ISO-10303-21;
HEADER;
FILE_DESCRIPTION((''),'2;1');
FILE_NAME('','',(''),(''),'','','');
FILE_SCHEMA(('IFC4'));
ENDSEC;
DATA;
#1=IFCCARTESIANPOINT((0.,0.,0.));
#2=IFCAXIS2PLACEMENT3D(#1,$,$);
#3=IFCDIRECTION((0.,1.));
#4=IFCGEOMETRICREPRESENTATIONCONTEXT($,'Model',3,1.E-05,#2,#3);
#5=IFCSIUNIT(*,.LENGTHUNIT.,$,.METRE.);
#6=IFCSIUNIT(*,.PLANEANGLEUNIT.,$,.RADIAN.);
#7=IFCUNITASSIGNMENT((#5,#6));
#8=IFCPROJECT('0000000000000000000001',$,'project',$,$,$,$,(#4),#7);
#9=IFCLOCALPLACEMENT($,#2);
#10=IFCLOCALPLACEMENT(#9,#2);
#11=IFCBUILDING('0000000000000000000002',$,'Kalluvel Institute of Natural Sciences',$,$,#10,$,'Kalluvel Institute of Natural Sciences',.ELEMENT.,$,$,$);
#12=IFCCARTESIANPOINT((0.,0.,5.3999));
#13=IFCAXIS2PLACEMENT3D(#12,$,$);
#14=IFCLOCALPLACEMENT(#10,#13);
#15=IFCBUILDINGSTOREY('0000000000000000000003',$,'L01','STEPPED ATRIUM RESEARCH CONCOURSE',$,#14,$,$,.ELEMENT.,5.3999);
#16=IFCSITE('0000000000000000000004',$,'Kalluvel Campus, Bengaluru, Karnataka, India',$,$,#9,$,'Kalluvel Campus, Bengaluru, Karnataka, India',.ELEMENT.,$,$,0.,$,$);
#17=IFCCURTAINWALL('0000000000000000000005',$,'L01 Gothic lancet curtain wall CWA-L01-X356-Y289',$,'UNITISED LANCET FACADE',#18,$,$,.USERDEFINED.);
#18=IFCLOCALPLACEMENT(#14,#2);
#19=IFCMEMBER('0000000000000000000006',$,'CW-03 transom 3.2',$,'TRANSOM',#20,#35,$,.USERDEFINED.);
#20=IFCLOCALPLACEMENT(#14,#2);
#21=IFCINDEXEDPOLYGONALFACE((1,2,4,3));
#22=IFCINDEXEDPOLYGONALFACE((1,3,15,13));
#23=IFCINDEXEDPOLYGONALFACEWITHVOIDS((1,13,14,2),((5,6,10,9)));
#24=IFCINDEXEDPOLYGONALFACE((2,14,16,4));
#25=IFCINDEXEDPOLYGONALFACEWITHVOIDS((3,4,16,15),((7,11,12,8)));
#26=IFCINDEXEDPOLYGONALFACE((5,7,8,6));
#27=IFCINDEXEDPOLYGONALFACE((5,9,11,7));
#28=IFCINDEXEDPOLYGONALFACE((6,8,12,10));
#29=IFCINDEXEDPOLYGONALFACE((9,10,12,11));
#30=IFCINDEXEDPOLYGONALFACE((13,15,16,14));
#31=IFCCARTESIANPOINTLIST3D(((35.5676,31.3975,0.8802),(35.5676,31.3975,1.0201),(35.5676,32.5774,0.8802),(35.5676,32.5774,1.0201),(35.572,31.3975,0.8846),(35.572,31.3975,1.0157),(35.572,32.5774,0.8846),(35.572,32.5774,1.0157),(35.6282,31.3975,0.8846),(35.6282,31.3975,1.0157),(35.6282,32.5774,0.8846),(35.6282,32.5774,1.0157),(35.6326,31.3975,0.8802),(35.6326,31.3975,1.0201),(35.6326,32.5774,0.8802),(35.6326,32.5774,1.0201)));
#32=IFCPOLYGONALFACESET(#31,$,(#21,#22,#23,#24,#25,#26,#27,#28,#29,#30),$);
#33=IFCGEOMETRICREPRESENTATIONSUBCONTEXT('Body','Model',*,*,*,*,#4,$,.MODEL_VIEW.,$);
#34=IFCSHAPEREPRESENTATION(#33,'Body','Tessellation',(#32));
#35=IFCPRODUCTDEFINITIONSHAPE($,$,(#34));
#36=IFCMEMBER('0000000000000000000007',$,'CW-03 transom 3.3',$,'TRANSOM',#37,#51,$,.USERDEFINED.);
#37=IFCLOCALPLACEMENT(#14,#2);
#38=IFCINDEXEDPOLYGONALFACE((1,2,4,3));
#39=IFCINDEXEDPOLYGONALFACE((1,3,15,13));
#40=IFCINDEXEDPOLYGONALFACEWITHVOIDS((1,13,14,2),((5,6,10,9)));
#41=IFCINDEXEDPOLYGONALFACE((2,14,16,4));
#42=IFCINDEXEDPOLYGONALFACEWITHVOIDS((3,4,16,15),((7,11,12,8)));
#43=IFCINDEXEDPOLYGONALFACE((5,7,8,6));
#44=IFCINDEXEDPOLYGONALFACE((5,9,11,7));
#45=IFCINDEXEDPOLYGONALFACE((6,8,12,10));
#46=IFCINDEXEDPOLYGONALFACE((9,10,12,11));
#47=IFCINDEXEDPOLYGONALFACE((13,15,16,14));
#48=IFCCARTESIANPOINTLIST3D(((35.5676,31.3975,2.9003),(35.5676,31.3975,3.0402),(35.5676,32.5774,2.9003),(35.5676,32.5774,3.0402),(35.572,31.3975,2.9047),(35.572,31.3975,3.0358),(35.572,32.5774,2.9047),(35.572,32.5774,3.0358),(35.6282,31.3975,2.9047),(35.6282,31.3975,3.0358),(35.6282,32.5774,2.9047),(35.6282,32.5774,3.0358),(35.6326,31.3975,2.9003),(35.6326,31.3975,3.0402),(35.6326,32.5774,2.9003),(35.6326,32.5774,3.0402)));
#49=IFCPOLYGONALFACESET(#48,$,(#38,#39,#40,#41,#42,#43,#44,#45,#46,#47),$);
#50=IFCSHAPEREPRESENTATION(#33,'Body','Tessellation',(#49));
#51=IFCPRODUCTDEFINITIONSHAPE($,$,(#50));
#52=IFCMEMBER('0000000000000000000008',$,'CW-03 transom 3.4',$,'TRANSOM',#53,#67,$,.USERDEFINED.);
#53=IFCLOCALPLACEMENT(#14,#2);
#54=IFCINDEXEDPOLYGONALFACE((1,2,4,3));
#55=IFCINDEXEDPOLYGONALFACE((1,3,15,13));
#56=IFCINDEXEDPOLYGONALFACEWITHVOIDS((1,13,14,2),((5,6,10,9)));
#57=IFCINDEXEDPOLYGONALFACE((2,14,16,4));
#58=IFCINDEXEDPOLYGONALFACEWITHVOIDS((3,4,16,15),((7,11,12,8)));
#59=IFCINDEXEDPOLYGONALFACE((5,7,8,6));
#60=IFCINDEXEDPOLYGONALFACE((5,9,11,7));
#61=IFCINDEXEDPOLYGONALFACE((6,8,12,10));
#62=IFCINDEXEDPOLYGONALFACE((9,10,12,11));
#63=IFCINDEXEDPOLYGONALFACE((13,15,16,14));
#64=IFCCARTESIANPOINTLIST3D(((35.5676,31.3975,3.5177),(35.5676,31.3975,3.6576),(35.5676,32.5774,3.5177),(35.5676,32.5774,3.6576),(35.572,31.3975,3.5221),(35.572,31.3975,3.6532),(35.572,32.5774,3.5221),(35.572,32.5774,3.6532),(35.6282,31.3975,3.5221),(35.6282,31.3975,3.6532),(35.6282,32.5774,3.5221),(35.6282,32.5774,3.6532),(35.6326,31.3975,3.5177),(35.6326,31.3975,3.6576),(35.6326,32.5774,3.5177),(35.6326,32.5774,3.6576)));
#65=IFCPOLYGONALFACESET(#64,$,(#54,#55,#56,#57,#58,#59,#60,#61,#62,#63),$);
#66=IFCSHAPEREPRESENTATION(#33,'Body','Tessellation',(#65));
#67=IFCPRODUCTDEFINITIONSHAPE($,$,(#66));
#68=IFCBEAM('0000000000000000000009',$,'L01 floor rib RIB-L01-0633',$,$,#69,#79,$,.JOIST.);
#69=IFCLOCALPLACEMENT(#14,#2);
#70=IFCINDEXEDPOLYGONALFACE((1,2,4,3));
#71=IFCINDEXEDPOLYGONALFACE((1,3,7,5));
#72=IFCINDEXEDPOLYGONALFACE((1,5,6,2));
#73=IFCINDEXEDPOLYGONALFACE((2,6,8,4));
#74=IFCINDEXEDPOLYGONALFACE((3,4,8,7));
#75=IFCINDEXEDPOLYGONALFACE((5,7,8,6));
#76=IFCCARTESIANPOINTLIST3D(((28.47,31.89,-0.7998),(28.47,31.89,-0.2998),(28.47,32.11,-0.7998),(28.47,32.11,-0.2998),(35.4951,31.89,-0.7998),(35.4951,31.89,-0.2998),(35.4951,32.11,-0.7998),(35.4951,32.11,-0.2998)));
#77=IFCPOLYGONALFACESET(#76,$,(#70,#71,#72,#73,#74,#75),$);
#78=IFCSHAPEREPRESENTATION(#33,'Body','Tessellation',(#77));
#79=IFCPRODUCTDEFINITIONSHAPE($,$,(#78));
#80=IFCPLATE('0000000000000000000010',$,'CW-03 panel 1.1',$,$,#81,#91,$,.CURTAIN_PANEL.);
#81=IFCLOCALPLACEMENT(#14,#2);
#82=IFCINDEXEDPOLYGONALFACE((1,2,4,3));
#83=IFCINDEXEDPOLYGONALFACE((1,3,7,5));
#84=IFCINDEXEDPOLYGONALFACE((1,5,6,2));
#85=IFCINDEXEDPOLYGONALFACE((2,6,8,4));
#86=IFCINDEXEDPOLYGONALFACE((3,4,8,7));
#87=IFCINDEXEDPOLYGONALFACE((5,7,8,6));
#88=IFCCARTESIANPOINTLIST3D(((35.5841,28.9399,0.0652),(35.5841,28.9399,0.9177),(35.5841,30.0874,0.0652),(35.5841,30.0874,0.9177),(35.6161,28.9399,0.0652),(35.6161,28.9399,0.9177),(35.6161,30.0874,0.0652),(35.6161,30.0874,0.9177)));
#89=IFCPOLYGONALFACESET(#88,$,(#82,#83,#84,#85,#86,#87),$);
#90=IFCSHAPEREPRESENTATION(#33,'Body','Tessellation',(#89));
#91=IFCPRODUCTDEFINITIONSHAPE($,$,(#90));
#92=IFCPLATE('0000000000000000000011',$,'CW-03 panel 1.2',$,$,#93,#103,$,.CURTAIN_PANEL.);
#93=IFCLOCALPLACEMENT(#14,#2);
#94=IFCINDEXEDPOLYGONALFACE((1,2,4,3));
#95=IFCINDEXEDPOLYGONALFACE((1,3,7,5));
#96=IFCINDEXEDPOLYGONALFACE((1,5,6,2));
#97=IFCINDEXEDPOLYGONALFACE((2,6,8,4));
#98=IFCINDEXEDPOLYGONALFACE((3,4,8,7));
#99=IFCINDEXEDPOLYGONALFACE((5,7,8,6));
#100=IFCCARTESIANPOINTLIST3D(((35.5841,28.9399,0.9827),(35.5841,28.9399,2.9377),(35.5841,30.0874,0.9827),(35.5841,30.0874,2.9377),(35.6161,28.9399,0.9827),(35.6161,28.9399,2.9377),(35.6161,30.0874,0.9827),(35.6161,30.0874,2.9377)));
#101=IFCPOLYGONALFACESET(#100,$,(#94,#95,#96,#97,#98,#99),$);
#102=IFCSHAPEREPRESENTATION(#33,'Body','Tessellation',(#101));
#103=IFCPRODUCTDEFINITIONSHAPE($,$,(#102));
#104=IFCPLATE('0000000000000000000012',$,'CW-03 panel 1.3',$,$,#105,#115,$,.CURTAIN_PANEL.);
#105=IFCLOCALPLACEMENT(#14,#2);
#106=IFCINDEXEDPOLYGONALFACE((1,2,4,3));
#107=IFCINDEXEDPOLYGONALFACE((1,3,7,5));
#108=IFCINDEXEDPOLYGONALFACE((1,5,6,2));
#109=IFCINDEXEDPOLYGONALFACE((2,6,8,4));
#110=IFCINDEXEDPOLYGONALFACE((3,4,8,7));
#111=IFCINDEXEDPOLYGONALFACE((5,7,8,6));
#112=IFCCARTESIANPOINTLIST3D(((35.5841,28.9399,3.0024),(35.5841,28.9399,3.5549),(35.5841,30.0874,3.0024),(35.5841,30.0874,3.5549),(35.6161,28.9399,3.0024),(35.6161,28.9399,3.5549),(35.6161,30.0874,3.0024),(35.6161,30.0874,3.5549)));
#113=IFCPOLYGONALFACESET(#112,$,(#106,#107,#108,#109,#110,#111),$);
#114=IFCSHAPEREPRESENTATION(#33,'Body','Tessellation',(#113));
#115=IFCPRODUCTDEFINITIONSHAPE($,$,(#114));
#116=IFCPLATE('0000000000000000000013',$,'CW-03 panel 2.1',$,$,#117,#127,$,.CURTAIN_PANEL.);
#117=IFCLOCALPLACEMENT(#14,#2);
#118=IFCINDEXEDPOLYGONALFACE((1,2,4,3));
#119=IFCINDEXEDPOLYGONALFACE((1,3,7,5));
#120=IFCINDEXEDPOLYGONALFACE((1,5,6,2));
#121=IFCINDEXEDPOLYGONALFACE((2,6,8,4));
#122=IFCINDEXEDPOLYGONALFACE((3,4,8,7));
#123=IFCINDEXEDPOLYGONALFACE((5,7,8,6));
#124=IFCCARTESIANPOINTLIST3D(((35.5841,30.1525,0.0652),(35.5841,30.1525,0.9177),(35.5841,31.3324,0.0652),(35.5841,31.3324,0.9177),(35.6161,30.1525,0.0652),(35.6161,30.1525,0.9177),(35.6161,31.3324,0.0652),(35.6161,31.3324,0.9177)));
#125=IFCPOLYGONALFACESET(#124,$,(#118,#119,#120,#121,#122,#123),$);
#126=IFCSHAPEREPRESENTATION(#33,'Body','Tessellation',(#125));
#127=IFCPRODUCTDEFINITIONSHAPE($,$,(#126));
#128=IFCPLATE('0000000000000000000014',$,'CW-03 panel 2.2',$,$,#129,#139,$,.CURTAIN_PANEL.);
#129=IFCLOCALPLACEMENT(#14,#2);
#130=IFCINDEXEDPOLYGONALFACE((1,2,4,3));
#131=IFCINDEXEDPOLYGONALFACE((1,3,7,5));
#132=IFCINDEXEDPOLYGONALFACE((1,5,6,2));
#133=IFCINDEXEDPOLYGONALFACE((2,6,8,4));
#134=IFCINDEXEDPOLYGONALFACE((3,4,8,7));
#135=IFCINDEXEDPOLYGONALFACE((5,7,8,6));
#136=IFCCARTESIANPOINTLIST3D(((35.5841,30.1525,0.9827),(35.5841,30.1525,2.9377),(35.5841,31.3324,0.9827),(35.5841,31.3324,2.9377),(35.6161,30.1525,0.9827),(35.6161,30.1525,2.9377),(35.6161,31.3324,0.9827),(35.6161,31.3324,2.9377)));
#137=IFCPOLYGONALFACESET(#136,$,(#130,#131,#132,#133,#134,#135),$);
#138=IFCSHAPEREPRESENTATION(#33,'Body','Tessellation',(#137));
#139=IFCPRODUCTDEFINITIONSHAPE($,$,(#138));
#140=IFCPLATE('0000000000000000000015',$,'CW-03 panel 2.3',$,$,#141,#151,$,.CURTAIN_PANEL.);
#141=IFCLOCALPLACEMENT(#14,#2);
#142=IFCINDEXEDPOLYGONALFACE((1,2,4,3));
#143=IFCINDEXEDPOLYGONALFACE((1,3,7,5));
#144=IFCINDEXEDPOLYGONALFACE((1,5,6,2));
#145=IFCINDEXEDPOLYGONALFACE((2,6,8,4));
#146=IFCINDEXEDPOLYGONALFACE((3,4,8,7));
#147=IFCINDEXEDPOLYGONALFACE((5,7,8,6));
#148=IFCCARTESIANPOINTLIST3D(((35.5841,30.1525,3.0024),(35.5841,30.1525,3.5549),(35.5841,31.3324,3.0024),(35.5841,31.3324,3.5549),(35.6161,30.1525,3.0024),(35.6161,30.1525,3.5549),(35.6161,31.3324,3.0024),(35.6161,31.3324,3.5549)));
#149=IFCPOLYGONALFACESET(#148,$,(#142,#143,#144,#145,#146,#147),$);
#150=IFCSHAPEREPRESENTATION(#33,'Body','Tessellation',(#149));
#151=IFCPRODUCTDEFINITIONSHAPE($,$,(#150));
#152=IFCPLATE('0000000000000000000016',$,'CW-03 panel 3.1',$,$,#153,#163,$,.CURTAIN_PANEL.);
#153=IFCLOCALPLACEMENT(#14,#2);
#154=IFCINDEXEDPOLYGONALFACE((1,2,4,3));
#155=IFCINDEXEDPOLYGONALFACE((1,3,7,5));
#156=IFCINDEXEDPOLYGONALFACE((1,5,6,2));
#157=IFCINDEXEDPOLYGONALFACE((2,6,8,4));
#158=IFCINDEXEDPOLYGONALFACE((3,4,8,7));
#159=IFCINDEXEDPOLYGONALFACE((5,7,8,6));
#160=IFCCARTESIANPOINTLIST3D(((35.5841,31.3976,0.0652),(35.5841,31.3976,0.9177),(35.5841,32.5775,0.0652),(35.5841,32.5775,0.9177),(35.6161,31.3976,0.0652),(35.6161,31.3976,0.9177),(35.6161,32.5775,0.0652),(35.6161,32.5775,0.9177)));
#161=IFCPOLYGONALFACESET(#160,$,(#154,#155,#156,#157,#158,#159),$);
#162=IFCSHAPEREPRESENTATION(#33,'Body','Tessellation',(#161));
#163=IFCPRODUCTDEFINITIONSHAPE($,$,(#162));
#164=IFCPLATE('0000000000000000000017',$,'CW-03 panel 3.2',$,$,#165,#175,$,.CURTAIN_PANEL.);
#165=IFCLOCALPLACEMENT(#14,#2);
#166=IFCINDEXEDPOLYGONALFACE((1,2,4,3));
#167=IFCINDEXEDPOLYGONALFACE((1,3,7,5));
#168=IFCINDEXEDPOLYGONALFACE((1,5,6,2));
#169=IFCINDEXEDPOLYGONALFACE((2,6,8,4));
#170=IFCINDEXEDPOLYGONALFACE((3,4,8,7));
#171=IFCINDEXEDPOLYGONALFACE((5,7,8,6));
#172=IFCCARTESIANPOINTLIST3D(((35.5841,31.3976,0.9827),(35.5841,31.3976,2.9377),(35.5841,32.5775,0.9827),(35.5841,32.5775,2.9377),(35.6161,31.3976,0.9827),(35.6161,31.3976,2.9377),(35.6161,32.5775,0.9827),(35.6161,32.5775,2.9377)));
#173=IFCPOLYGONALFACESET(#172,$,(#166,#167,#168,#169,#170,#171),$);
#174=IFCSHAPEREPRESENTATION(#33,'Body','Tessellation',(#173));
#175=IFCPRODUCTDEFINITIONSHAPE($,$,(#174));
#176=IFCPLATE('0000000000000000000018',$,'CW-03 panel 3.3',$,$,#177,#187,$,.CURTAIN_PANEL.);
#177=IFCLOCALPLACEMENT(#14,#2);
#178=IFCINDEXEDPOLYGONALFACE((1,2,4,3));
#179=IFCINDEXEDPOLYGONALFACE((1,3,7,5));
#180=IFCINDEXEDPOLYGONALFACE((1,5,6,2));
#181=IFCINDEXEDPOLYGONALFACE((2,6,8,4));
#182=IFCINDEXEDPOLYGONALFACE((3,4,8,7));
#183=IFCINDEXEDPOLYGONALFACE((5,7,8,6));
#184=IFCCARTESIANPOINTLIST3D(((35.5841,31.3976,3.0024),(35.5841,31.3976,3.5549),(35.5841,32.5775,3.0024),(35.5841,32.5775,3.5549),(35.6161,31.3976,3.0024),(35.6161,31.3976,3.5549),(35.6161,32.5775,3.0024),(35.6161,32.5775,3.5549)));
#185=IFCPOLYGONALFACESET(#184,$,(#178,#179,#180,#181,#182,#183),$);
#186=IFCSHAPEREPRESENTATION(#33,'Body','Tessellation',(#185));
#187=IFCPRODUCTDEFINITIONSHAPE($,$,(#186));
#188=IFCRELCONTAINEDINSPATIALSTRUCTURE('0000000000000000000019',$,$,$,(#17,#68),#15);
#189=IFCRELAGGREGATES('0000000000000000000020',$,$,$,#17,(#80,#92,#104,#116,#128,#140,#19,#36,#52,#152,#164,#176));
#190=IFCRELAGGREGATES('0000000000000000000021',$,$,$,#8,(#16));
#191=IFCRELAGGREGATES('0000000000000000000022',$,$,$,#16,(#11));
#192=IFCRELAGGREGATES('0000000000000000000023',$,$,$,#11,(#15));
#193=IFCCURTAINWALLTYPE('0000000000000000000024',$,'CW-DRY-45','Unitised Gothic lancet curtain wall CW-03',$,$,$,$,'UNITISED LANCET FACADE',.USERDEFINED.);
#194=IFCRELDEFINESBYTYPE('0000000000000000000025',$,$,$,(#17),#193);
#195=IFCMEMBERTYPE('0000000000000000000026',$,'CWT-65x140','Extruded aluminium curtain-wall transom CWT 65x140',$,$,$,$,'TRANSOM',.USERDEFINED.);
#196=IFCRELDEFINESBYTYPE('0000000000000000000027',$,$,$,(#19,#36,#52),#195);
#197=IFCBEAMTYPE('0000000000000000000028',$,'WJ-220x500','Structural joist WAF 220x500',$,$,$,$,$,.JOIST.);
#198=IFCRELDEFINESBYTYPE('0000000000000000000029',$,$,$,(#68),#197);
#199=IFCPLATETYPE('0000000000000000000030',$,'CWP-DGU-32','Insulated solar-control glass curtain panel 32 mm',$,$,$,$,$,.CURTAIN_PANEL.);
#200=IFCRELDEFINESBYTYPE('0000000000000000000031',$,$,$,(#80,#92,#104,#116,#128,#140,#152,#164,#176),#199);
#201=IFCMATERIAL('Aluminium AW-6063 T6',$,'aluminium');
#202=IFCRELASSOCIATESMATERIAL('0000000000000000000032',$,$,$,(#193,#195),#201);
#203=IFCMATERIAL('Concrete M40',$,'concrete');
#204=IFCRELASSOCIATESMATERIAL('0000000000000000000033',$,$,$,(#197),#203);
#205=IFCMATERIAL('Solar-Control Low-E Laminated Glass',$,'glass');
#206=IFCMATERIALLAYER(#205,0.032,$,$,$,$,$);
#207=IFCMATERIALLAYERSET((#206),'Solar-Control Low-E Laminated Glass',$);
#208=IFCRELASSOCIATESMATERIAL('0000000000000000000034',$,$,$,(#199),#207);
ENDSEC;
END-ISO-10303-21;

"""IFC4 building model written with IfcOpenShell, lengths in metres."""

from ifc_helpers import new_model, si_unit, direction, frame, origin, origin_2d, place, context, subcontext, project, spatial, rectangle, hollow_rectangle, extrude, material, layer, layer_set, material_profile, profile_set, type_object, element, aggregate, save


model = new_model("IFC4")

# Units and contexts
model_context = context("Model", 3, precision=1e-05, world=origin(), true_north=direction((0.0, 1.0)))
body_context = subcontext(model_context, "Body", "Model", "MODEL_VIEW")
ifc_project = project(units=[si_unit("LENGTHUNIT", "METRE"), si_unit("PLANEANGLEUNIT", "RADIAN")], contexts=[model_context])

# Site, building, storey
site_placement = place(None, origin())
site = spatial("IfcSite", under=ifc_project, at=site_placement, Name="Kalluvel Campus, Bengaluru, Karnataka, India", LongName="Kalluvel Campus, Bengaluru, Karnataka, India", CompositionType="ELEMENT", RefElevation=0.0)
building_placement = place(site_placement, origin())
building = spatial("IfcBuilding", under=site, at=building_placement, Name="Kalluvel Institute of Natural Sciences", LongName="Kalluvel Institute of Natural Sciences", CompositionType="ELEMENT")
storey_placement = place(building_placement, frame((0.0, 0.0, 5.3999)))
storey = spatial("IfcBuildingStorey", under=building, at=storey_placement, Name="L01", Description="STEPPED ATRIUM RESEARCH CONCOURSE", CompositionType="ELEMENT", Elevation=5.3999)

# Curtain wall, members
ifc_material_1 = material(Name="Aluminium AW-6063 T6", Category="aluminium")
curtain_wall_type = type_object("IfcCurtainWallType", Name="CW-DRY-45", Description="Unitised Gothic lancet curtain wall CW-03", ElementType="UNITISED LANCET FACADE", PredefinedType="USERDEFINED", material=ifc_material_1)
curtain_wall_placement = place(storey_placement, origin())
curtain_wall = element("IfcCurtainWall", 1, at=curtain_wall_placement, inside=storey, type_object=curtain_wall_type, Name="L01 Gothic lancet curtain wall CWA-L01-X356-Y289", ObjectType="UNITISED LANCET FACADE", PredefinedType="USERDEFINED")
ifc_material_profile_1 = material_profile(ifc_material_1, hollow_rectangle(XDim=0.0649, YDim=0.1399, WallThickness=0.0044, at=origin_2d()), Name="CWT 65x140")
ifc_profile_set_1 = profile_set([ifc_material_profile_1], Name="Aluminium AW-6063 T6")
member_type_1 = type_object("IfcMemberType", Name="CWT-65x140", Description="Extruded aluminium curtain-wall transom CWT 65x140", ElementType="TRANSOM", PredefinedType="USERDEFINED", material=ifc_profile_set_1)
member_1_placement = place(storey_placement, frame((35.6001, 31.3975, 0.9502), z_axis=(0.0, 1.0, 0.0), x_axis=(-1.0, 0.0, 0.0)))
member_1 = element("IfcMember", 2, at=member_1_placement, type_object=member_type_1, Name="CW-03 transom 3.2", ObjectType="TRANSOM", PredefinedType="USERDEFINED", context=body_context, shape_type="SweptSolid", body=[
    extrude(hollow_rectangle(XDim=0.0649, YDim=0.1399, WallThickness=0.0044, at=origin_2d()), origin(), (0.0, 0.0, 1.0), 1.1799),
])
member_2_placement = place(storey_placement, frame((35.6001, 31.3975, 2.9702), z_axis=(0.0, 1.0, 0.0), x_axis=(-1.0, 0.0, 0.0)))
member_2 = element("IfcMember", 3, at=member_2_placement, type_object=member_type_1, Name="CW-03 transom 3.3", ObjectType="TRANSOM", PredefinedType="USERDEFINED", context=body_context, shape_type="SweptSolid", body=[
    extrude(hollow_rectangle(XDim=0.0649, YDim=0.1399, WallThickness=0.0044, at=origin_2d()), origin(), (0.0, 0.0, 1.0), 1.1799),
])
member_3_placement = place(storey_placement, frame((35.6001, 31.3975, 3.5876), z_axis=(0.0, 1.0, 0.0), x_axis=(-1.0, 0.0, 0.0)))
member_3 = element("IfcMember", 4, at=member_3_placement, type_object=member_type_1, Name="CW-03 transom 3.4", ObjectType="TRANSOM", PredefinedType="USERDEFINED", context=body_context, shape_type="SweptSolid", body=[
    extrude(hollow_rectangle(XDim=0.0649, YDim=0.1399, WallThickness=0.0044, at=origin_2d()), origin(), (0.0, 0.0, 1.0), 1.1799),
])

# Beam
ifc_material_2 = material(Name="Concrete M40", Category="concrete")
ifc_material_profile_2 = material_profile(ifc_material_2, rectangle(XDim=0.22, YDim=0.5, at=origin_2d()), Name="WAF 220x500")
ifc_profile_set_2 = profile_set([ifc_material_profile_2], Name="Concrete M40")
beam_type = type_object("IfcBeamType", Name="WJ-220x500", Description="Structural joist WAF 220x500", PredefinedType="JOIST", material=ifc_profile_set_2)
beam_placement = place(storey_placement, frame((28.47, 32.0, -0.5498), z_axis=(1.0, 0.0, 0.0), x_axis=(0.0, 1.0, 0.0)))
element("IfcBeam", 5, at=beam_placement, inside=storey, type_object=beam_type, Name="L01 floor rib RIB-L01-0633", PredefinedType="JOIST", context=body_context, shape_type="SweptSolid", body=[
    extrude(rectangle(XDim=0.22, YDim=0.5, at=origin_2d()), origin(), (0.0, 0.0, 1.0), 7.0251),
])

# Plates
ifc_material_3 = material(Name="Solar-Control Low-E Laminated Glass", Category="glass")
ifc_layer = layer(ifc_material_3, 0.032)
ifc_layer_set = layer_set([ifc_layer], Name="Solar-Control Low-E Laminated Glass")
plate_type = type_object("IfcPlateType", Name="CWP-DGU-32", Description="Insulated solar-control glass curtain panel 32 mm", PredefinedType="CURTAIN_PANEL", material=ifc_layer_set)
plate_1_placement = place(storey_placement, frame((35.6001, 29.5137, 0.0652), z_axis=(0.0, 0.0, 1.0), x_axis=(0.0, 1.0, 0.0)))
plate_1 = element("IfcPlate", 6, at=plate_1_placement, type_object=plate_type, Name="CW-03 panel 1.1", PredefinedType="CURTAIN_PANEL", context=body_context, shape_type="SweptSolid", body=[
    extrude(rectangle(XDim=1.1475, YDim=0.032, at=origin_2d()), origin(), (0.0, 0.0, 1.0), 0.8525),
])
plate_2_placement = place(storey_placement, frame((35.6001, 29.5137, 0.9827), z_axis=(0.0, 0.0, 1.0), x_axis=(0.0, 1.0, 0.0)))
plate_2 = element("IfcPlate", 7, at=plate_2_placement, type_object=plate_type, Name="CW-03 panel 1.2", PredefinedType="CURTAIN_PANEL", context=body_context, shape_type="SweptSolid", body=[
    extrude(rectangle(XDim=1.1475, YDim=0.032, at=origin_2d()), origin(), (0.0, 0.0, 1.0), 1.9551),
])
plate_3_placement = place(storey_placement, frame((35.6001, 29.5137, 3.0024), z_axis=(0.0, 0.0, 1.0), x_axis=(0.0, 1.0, 0.0)))
plate_3 = element("IfcPlate", 8, at=plate_3_placement, type_object=plate_type, Name="CW-03 panel 1.3", PredefinedType="CURTAIN_PANEL", context=body_context, shape_type="SweptSolid", body=[
    extrude(rectangle(XDim=1.1475, YDim=0.032, at=origin_2d()), origin(), (0.0, 0.0, 1.0), 0.5525),
])
plate_4_placement = place(storey_placement, frame((35.6001, 30.7424, 0.0652), z_axis=(0.0, 0.0, 1.0), x_axis=(0.0, 1.0, 0.0)))
plate_4 = element("IfcPlate", 9, at=plate_4_placement, type_object=plate_type, Name="CW-03 panel 2.1", PredefinedType="CURTAIN_PANEL", context=body_context, shape_type="SweptSolid", body=[
    extrude(rectangle(XDim=1.1799, YDim=0.032, at=origin_2d()), origin(), (0.0, 0.0, 1.0), 0.8525),
])
plate_5_placement = place(storey_placement, frame((35.6001, 30.7424, 0.9827), z_axis=(0.0, 0.0, 1.0), x_axis=(0.0, 1.0, 0.0)))
plate_5 = element("IfcPlate", 10, at=plate_5_placement, type_object=plate_type, Name="CW-03 panel 2.2", PredefinedType="CURTAIN_PANEL", context=body_context, shape_type="SweptSolid", body=[
    extrude(rectangle(XDim=1.1799, YDim=0.032, at=origin_2d()), origin(), (0.0, 0.0, 1.0), 1.9551),
])
plate_6_placement = place(storey_placement, frame((35.6001, 30.7424, 3.0024), z_axis=(0.0, 0.0, 1.0), x_axis=(0.0, 1.0, 0.0)))
plate_6 = element("IfcPlate", 11, at=plate_6_placement, type_object=plate_type, Name="CW-03 panel 2.3", PredefinedType="CURTAIN_PANEL", context=body_context, shape_type="SweptSolid", body=[
    extrude(rectangle(XDim=1.1799, YDim=0.032, at=origin_2d()), origin(), (0.0, 0.0, 1.0), 0.5525),
])
plate_7_placement = place(storey_placement, frame((35.6001, 31.9875, 0.0652), z_axis=(0.0, 0.0, 1.0), x_axis=(0.0, 1.0, 0.0)))
plate_7 = element("IfcPlate", 12, at=plate_7_placement, type_object=plate_type, Name="CW-03 panel 3.1", PredefinedType="CURTAIN_PANEL", context=body_context, shape_type="SweptSolid", body=[
    extrude(rectangle(XDim=1.1799, YDim=0.032, at=origin_2d()), origin(), (0.0, 0.0, 1.0), 0.8525),
])
plate_8_placement = place(storey_placement, frame((35.6001, 31.9875, 0.9827), z_axis=(0.0, 0.0, 1.0), x_axis=(0.0, 1.0, 0.0)))
plate_8 = element("IfcPlate", 13, at=plate_8_placement, type_object=plate_type, Name="CW-03 panel 3.2", PredefinedType="CURTAIN_PANEL", context=body_context, shape_type="SweptSolid", body=[
    extrude(rectangle(XDim=1.1799, YDim=0.032, at=origin_2d()), origin(), (0.0, 0.0, 1.0), 1.9551),
])
plate_9_placement = place(storey_placement, frame((35.6001, 31.9875, 3.0024), z_axis=(0.0, 0.0, 1.0), x_axis=(0.0, 1.0, 0.0)))
plate_9 = element("IfcPlate", 14, at=plate_9_placement, type_object=plate_type, Name="CW-03 panel 3.3", PredefinedType="CURTAIN_PANEL", context=body_context, shape_type="SweptSolid", body=[
    extrude(rectangle(XDim=1.1799, YDim=0.032, at=origin_2d()), origin(), (0.0, 0.0, 1.0), 0.5525),
])
aggregate(curtain_wall, [plate_1, plate_2, plate_3, plate_4, plate_5, plate_6, member_1, member_2, member_3, plate_7, plate_8, plate_9])

save(model, "model.ifc")
